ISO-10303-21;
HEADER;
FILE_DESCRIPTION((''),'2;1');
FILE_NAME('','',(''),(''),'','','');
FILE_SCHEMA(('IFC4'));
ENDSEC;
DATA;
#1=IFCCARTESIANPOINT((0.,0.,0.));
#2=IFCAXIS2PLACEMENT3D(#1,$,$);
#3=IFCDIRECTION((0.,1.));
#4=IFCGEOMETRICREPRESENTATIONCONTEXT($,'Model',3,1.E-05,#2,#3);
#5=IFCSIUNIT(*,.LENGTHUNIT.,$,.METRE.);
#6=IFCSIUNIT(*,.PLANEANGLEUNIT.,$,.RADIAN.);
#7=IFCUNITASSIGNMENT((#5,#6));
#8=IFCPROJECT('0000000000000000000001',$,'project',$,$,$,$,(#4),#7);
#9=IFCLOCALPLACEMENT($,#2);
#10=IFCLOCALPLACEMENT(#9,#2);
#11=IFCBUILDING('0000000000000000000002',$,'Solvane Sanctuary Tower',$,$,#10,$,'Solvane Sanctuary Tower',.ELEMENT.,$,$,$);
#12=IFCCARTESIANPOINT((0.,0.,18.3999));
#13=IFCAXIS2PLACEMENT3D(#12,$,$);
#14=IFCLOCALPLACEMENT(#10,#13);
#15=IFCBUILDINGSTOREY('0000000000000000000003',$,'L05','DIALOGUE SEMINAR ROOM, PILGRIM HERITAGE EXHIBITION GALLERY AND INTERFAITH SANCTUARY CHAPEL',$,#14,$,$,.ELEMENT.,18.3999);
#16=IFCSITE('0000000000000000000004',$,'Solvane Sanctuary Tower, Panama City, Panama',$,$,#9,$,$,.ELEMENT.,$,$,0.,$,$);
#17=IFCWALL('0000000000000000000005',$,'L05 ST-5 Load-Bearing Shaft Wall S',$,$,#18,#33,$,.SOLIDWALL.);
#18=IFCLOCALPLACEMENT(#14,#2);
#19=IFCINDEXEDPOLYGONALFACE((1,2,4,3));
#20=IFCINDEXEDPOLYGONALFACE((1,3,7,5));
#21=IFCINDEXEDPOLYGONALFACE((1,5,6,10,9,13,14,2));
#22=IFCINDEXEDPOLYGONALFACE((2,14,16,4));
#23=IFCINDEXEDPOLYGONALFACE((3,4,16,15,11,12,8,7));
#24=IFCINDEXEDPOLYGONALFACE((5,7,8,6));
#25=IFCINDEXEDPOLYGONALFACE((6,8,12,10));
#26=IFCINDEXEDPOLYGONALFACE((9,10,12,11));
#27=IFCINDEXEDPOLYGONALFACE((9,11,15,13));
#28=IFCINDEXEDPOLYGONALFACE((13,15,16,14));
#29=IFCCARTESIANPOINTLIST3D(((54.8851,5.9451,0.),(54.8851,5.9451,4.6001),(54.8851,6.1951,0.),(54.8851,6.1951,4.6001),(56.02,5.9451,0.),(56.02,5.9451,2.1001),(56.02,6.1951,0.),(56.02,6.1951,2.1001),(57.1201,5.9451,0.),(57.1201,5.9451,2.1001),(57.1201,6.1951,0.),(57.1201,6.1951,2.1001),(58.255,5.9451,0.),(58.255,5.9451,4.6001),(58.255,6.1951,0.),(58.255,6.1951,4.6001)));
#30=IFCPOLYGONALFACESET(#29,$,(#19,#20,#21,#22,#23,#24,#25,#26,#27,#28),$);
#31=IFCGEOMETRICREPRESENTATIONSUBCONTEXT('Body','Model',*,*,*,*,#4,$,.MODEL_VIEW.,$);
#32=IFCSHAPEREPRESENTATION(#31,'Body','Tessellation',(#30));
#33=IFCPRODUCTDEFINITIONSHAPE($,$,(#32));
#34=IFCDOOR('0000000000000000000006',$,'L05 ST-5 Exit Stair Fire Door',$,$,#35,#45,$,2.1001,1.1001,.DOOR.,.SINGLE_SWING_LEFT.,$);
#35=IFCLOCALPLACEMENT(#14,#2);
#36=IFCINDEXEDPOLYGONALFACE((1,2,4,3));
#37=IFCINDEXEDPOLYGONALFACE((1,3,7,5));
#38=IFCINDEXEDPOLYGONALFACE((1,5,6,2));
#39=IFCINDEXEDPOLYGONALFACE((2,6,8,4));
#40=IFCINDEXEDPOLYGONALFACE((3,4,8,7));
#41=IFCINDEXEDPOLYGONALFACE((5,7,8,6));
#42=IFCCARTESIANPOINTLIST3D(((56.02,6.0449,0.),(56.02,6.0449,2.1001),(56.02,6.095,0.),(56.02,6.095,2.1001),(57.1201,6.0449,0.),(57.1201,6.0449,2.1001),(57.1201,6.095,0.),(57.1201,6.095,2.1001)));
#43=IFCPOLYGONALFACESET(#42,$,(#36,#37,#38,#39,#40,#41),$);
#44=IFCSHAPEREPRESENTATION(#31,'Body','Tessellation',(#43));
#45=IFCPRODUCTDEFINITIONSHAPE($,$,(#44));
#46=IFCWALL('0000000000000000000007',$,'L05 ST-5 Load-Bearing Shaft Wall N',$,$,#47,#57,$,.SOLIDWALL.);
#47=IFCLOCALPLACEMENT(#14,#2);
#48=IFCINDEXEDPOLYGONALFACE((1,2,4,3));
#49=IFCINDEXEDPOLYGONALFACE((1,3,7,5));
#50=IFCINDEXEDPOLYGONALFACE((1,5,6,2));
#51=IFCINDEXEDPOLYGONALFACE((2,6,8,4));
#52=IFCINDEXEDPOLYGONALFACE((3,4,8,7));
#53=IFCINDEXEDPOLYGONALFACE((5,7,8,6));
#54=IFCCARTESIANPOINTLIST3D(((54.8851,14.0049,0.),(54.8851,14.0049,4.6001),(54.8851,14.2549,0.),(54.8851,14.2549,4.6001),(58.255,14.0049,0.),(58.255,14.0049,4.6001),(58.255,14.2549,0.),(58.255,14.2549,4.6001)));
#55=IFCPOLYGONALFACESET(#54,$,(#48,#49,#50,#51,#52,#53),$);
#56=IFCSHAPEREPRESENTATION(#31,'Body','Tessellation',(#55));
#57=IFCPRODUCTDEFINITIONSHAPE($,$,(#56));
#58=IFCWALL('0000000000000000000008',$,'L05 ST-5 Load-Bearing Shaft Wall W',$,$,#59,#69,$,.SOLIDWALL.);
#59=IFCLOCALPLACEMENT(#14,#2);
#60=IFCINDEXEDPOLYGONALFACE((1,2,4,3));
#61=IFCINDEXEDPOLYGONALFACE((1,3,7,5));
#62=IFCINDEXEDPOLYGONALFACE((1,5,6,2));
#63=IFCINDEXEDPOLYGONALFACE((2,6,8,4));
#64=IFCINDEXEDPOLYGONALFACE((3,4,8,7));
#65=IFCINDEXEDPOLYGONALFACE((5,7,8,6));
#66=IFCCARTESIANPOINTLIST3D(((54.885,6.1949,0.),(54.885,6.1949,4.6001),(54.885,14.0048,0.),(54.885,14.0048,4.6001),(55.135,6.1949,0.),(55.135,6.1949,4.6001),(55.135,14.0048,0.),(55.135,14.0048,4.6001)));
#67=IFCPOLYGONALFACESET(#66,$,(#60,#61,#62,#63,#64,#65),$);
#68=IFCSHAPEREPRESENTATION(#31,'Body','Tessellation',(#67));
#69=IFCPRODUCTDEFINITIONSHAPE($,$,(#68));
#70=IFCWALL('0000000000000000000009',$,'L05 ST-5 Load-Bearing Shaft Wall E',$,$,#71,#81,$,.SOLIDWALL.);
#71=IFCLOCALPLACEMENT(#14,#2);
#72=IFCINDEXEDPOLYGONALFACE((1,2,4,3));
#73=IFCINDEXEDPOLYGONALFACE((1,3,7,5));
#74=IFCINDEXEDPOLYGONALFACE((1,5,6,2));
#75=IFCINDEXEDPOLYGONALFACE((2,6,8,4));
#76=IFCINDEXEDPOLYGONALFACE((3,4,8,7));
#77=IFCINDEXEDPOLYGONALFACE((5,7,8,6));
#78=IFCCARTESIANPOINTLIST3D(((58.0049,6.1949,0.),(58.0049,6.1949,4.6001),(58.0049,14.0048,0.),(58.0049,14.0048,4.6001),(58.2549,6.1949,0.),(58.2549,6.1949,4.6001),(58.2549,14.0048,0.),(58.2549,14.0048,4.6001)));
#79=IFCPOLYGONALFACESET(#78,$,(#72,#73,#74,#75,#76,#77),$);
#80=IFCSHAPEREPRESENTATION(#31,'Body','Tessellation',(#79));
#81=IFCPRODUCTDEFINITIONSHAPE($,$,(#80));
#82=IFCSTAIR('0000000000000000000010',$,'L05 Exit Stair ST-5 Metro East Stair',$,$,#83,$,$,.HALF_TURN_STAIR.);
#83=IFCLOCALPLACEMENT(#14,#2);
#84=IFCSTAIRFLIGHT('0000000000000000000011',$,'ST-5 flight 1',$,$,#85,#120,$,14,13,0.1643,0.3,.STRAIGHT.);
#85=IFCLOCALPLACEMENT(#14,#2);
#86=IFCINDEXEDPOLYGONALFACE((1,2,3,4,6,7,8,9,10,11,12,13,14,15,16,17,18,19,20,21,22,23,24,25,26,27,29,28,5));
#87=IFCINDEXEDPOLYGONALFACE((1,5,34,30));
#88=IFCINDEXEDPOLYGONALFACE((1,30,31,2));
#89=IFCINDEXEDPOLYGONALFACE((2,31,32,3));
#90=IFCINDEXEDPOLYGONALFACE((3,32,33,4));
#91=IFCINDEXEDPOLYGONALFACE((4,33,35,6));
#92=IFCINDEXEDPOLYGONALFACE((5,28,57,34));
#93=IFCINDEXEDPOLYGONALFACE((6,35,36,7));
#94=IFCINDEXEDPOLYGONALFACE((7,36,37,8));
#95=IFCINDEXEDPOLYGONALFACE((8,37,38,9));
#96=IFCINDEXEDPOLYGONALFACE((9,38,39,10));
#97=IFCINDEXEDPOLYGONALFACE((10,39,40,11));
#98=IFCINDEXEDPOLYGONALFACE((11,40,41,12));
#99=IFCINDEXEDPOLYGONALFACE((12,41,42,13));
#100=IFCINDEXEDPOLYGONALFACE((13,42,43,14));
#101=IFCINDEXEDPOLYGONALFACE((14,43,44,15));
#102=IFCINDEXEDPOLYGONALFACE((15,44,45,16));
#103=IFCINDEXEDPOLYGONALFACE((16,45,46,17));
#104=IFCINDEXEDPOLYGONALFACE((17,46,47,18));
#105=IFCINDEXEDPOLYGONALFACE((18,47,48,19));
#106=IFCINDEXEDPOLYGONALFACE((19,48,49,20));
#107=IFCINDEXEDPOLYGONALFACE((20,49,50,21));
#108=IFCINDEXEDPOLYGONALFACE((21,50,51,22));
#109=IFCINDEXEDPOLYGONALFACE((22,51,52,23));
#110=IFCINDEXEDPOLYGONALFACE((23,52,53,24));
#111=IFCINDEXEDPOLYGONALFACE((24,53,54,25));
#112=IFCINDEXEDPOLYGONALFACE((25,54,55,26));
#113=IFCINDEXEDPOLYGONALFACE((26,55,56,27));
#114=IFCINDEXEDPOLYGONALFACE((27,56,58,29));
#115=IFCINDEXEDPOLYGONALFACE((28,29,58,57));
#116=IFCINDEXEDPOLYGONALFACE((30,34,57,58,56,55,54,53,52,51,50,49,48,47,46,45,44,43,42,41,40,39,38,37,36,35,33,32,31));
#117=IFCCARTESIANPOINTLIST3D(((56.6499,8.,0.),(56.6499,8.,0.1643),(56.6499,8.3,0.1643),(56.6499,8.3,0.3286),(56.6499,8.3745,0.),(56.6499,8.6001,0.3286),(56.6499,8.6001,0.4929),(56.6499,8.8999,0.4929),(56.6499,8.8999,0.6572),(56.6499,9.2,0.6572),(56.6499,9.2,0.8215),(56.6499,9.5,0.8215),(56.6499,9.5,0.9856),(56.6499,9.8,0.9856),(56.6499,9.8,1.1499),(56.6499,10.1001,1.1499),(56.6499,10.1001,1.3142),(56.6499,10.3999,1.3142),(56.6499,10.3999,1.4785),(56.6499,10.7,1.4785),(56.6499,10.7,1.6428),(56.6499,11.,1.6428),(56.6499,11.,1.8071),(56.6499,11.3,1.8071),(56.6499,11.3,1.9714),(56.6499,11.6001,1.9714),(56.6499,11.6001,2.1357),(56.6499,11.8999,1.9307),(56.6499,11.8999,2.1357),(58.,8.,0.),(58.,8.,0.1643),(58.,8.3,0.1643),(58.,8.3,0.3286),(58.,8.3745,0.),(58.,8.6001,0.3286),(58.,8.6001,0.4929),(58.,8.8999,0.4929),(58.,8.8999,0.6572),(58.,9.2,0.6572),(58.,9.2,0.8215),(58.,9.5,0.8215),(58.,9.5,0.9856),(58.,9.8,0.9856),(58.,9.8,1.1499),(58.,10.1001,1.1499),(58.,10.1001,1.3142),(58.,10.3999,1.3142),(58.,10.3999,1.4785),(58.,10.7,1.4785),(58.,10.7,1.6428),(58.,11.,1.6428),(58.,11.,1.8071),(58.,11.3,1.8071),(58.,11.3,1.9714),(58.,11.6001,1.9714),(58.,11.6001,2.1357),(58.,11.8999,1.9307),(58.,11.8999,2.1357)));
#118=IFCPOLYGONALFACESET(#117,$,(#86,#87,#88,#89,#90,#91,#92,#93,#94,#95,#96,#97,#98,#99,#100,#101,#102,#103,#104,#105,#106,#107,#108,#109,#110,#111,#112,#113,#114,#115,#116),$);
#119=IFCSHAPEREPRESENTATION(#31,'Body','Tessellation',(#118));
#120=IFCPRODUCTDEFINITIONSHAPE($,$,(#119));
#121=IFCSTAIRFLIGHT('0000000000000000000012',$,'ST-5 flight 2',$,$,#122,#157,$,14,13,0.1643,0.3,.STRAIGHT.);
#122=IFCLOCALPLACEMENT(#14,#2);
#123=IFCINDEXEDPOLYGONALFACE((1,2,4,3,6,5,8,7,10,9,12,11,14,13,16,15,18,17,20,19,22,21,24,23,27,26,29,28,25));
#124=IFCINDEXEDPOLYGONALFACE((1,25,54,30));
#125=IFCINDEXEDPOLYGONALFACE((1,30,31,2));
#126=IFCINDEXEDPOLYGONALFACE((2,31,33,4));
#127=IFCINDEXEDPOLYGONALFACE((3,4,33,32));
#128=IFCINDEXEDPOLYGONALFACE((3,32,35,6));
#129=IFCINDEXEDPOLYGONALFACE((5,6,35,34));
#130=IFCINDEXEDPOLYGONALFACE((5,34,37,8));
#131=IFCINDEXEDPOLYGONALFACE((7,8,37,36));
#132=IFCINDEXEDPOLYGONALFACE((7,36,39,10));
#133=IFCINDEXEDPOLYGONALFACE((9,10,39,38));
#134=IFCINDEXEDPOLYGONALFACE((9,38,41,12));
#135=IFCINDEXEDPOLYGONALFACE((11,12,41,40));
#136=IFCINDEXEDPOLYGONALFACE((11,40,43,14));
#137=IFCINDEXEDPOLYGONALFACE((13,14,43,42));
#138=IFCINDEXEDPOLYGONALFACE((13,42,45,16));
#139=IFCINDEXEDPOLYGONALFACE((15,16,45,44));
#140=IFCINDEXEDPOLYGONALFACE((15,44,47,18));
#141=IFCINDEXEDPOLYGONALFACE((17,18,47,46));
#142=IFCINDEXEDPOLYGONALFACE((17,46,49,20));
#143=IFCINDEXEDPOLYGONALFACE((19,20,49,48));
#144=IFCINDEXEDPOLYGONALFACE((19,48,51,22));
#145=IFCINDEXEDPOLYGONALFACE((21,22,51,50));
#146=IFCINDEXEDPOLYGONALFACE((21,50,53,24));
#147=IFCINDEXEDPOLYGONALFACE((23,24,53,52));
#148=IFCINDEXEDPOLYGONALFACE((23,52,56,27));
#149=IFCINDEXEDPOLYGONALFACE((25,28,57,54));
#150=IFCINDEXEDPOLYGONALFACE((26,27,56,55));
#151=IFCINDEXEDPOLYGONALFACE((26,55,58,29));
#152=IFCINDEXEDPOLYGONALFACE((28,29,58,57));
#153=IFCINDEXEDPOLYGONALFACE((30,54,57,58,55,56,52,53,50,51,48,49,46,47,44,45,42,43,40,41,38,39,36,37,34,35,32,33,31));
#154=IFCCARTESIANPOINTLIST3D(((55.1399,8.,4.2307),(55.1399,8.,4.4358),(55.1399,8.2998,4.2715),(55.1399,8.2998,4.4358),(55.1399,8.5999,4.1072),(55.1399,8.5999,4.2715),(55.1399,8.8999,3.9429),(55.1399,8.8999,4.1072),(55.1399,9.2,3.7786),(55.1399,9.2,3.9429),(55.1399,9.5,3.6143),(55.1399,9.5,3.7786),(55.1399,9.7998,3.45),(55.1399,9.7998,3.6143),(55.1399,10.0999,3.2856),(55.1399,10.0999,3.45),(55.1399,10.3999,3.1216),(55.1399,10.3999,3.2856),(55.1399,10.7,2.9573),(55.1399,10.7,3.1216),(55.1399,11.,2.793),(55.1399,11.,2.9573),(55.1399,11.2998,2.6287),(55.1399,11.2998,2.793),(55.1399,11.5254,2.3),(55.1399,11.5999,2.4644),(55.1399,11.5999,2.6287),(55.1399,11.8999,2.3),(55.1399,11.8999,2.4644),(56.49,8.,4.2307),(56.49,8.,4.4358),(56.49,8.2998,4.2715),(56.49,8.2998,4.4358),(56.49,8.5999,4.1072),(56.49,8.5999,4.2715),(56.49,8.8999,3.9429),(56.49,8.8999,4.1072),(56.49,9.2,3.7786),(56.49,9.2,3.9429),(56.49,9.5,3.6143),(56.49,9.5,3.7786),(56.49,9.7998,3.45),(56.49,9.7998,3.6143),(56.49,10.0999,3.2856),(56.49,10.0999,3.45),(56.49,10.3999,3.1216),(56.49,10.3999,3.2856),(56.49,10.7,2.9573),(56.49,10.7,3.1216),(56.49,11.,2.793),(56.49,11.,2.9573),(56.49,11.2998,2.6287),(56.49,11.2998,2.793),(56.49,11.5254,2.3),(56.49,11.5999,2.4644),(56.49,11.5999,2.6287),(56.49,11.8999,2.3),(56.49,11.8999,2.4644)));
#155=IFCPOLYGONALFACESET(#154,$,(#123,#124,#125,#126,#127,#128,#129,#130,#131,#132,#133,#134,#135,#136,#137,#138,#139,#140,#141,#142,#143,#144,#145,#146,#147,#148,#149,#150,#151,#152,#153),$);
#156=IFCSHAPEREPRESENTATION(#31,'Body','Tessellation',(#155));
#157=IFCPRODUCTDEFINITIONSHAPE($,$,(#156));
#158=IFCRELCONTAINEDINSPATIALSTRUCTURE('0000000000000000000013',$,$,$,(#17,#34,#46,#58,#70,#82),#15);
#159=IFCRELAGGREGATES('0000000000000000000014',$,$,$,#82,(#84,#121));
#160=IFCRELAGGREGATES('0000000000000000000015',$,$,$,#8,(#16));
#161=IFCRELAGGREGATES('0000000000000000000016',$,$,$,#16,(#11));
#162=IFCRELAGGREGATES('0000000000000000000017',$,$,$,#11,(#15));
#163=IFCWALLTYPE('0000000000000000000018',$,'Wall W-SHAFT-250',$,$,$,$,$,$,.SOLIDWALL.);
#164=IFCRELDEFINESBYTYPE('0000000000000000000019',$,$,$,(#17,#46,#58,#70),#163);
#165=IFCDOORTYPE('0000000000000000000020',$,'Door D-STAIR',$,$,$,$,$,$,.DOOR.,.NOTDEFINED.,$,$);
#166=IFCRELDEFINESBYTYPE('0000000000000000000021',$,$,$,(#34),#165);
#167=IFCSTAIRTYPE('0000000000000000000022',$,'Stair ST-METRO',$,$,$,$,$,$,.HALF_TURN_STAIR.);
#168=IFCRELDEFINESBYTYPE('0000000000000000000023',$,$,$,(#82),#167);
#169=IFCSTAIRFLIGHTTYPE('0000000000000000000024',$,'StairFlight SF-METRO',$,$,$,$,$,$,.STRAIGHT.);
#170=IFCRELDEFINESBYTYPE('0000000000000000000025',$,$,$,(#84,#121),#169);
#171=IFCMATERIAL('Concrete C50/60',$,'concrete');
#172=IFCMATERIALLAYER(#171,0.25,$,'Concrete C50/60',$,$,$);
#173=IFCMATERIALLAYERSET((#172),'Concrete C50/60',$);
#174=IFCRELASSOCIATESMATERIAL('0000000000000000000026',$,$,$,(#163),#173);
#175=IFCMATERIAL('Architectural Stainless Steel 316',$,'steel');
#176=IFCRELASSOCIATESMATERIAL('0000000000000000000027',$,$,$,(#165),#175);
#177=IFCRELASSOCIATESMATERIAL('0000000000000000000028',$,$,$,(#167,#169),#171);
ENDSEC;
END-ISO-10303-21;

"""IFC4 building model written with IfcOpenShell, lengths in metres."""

from ifc_helpers import new_model, si_unit, direction, frame, frame_2d, origin, place, context, subcontext, project, spatial, polyline, rectangle, outline, extrude, material, layer, layer_set, type_object, element, fill, aggregate, save


model = new_model("IFC4")

# Units and contexts
model_context = context("Model", 3, precision=1e-05, world=origin(), true_north=direction((0.0, 1.0)))
body_context = subcontext(model_context, "Body", "Model", "MODEL_VIEW")
ifc_project = project(units=[si_unit("LENGTHUNIT", "METRE"), si_unit("PLANEANGLEUNIT", "RADIAN")], contexts=[model_context])

# Site, building, storey
site_placement = place(None, origin())
site = spatial("IfcSite", under=ifc_project, at=site_placement, Name="Solvane Sanctuary Tower, Panama City, Panama", CompositionType="ELEMENT", RefElevation=0.0)
building_placement = place(site_placement, origin())
building = spatial("IfcBuilding", under=site, at=building_placement, Name="Solvane Sanctuary Tower", LongName="Solvane Sanctuary Tower", CompositionType="ELEMENT")
storey_placement = place(building_placement, frame((0.0, 0.0, 18.3999)))
storey = spatial("IfcBuildingStorey", under=building, at=storey_placement, Name="L05", Description="DIALOGUE SEMINAR ROOM, PILGRIM HERITAGE EXHIBITION GALLERY AND INTERFAITH SANCTUARY CHAPEL", CompositionType="ELEMENT", Elevation=18.3999)

# Wall, opening, door
ifc_material_1 = material(Name="Concrete C50/60", Category="concrete")
ifc_layer_1 = layer(ifc_material_1, 0.25, Name="Concrete C50/60")
ifc_layer_set_1 = layer_set([ifc_layer_1], Name="Concrete C50/60")
wall_type_1 = type_object("IfcWallType", Name="Wall W-SHAFT-250", PredefinedType="SOLIDWALL", material=ifc_layer_set_1)
wall_1_placement = place(storey_placement, frame((54.885, 6.0701, 0.0), z_axis=(0.0, 0.0, 1.0), x_axis=(1.0, 0.0, 0.0)))
wall_1 = element("IfcWall", 1, at=wall_1_placement, inside=storey, type_object=wall_type_1, Name="L05 ST-5 Load-Bearing Shaft Wall S", PredefinedType="SOLIDWALL", context=body_context, shape_type="SweptSolid", body=[
    extrude(rectangle(XDim=3.3699, YDim=0.25, at=frame_2d((1.6851, 0.0))), origin(), (0.0, 0.0, 1.0), 4.6001),
])
opening_1_placement = place(wall_1_placement, frame((1.135, 0.0, 0.0)))
opening_1 = element("IfcOpeningElement", 2, at=opening_1_placement, cuts=wall_1, PredefinedType="OPENING", context=body_context, shape_type="SweptSolid", body=[
    extrude(rectangle(XDim=1.1001, YDim=2.1001, at=frame_2d((0.55, 1.05))), frame((0.0, 0.135, 0.0), z_axis=(0.0, -1.0, 0.0), x_axis=(1.0, 0.0, 0.0)), (0.0, 0.0, 1.0), 0.27),
])
ifc_material_2 = material(Name="Architectural Stainless Steel 316", Category="steel")
door_type = type_object("IfcDoorType", Name="Door D-STAIR", OperationType="NOTDEFINED", PredefinedType="DOOR", material=ifc_material_2)
door_placement = place(opening_1_placement, origin())
door = element("IfcDoor", 3, at=door_placement, inside=storey, type_object=door_type, Name="L05 ST-5 Exit Stair Fire Door", OperationType="SINGLE_SWING_LEFT", OverallHeight=2.1001, OverallWidth=1.1001, PredefinedType="DOOR", context=body_context, shape_type="SweptSolid", body=[
    extrude(rectangle(XDim=1.1001, YDim=2.1001, at=frame_2d((0.55, 1.05))), frame((0.0, 0.0249, 0.0), z_axis=(0.0, -1.0, 0.0), x_axis=(1.0, 0.0, 0.0)), (0.0, 0.0, 1.0), 0.05),
])
fill(opening_1, door)

# Walls
wall_2_placement = place(storey_placement, frame((54.885, 14.1299, 0.0), z_axis=(0.0, 0.0, 1.0), x_axis=(1.0, 0.0, 0.0)))
element("IfcWall", 4, at=wall_2_placement, inside=storey, type_object=wall_type_1, Name="L05 ST-5 Load-Bearing Shaft Wall N", PredefinedType="SOLIDWALL", context=body_context, shape_type="SweptSolid", body=[
    extrude(rectangle(XDim=3.3699, YDim=0.25, at=frame_2d((1.6851, 0.0))), origin(), (0.0, 0.0, 1.0), 4.6001),
])
for number, where, z_axis, x_axis, name in (
    (5, (55.01, 6.1951, 0.0), (0.0, 0.0, 1.0), (0.0, 1.0, 0.0), "L05 ST-5 Load-Bearing Shaft Wall W"),
    (6, (58.1299, 6.1951, 0.0), (0.0, 0.0, 1.0), (0.0, 1.0, 0.0), "L05 ST-5 Load-Bearing Shaft Wall E"),
):
    element("IfcWall", number, at=place(storey_placement, frame(where, z_axis=z_axis, x_axis=x_axis)), inside=storey, type_object=wall_type_1, Name=name, PredefinedType="SOLIDWALL", context=body_context, shape_type="SweptSolid", body=[
        extrude(rectangle(XDim=7.8098, YDim=0.25, at=frame_2d((3.9048, 0.0))), origin(), (0.0, 0.0, 1.0), 4.6001),
    ])

# Stair, stair flights
stair_type = type_object("IfcStairType", Name="Stair ST-METRO", PredefinedType="HALF_TURN_STAIR", material=ifc_material_1)
stair_placement = place(storey_placement, origin())
stair = element("IfcStair", 7, at=stair_placement, inside=storey, type_object=stair_type, Name="L05 Exit Stair ST-5 Metro East Stair", PredefinedType="HALF_TURN_STAIR")
stair_flight_type = type_object("IfcStairFlightType", Name="StairFlight SF-METRO", PredefinedType="STRAIGHT", material=ifc_material_1)
stair_flight_1_placement = place(storey_placement, frame((57.325, 8.0, 0.0), z_axis=(0.0, 0.0, 1.0), x_axis=(0.0, 1.0, 0.0)))
stair_flight_1 = element("IfcStairFlight", 8, at=stair_flight_1_placement, type_object=stair_flight_type, Name="ST-5 flight 1", NumberOfRisers=14, NumberOfTreads=13, PredefinedType="STRAIGHT", RiserHeight=0.1643, TreadLength=0.3, context=body_context, shape_type="SweptSolid", body=[
    extrude(outline(polyline([(0.0, 0.0), (0.0, 0.1643), (0.3, 0.1643), (0.3, 0.3286), (0.6001, 0.3286), (0.6001, 0.4929), (0.8999, 0.4929), (0.8999, 0.6572), (1.2, 0.6572), (1.2, 0.8215), (1.5, 0.8215), (1.5, 0.9856), (1.8, 0.9856), (1.8, 1.1499), (2.1001, 1.1499), (2.1001, 1.3142), (2.3999, 1.3142), (2.3999, 1.4785), (2.7, 1.4785), (2.7, 1.6428), (3.0, 1.6428), (3.0, 1.8071), (3.3, 1.8071), (3.3, 1.9714), (3.6001, 1.9714), (3.6001, 2.1357), (3.8999, 2.1357), (3.8999, 2.3), (3.8999, 1.9307), (0.3745, 0.0), (0.0, 0.0)])), frame((0.0, 0.675, 0.0), z_axis=(0.0, -1.0, 0.0), x_axis=(1.0, 0.0, 0.0)), (0.0, 0.0, 1.0), 1.3501),
])
stair_flight_2_placement = place(storey_placement, frame((55.8149, 11.8999, 2.3), z_axis=(0.0, 0.0, 1.0), x_axis=(0.0, -1.0, 0.0)))
stair_flight_2 = element("IfcStairFlight", 9, at=stair_flight_2_placement, type_object=stair_flight_type, Name="ST-5 flight 2", NumberOfRisers=14, NumberOfTreads=13, PredefinedType="STRAIGHT", RiserHeight=0.1643, TreadLength=0.3, context=body_context, shape_type="SweptSolid", body=[
    extrude(outline(polyline([(0.0, 0.0), (0.0, 0.1643), (0.3, 0.1643), (0.3, 0.3286), (0.6001, 0.3286), (0.6001, 0.4929), (0.8999, 0.4929), (0.8999, 0.6572), (1.2, 0.6572), (1.2, 0.8215), (1.5, 0.8215), (1.5, 0.9856), (1.8, 0.9856), (1.8, 1.1499), (2.1001, 1.1499), (2.1001, 1.3142), (2.3999, 1.3142), (2.3999, 1.4785), (2.7, 1.4785), (2.7, 1.6428), (3.0, 1.6428), (3.0, 1.8071), (3.3, 1.8071), (3.3, 1.9714), (3.6001, 1.9714), (3.6001, 2.1357), (3.8999, 2.1357), (3.8999, 2.3), (3.8999, 1.9307), (0.3745, 0.0), (0.0, 0.0)])), frame((0.0, 0.675, 0.0), z_axis=(0.0, -1.0, 0.0), x_axis=(1.0, 0.0, 0.0)), (0.0, 0.0, 1.0), 1.3501),
])
aggregate(stair, [stair_flight_1, stair_flight_2])

save(model, "model.ifc")
